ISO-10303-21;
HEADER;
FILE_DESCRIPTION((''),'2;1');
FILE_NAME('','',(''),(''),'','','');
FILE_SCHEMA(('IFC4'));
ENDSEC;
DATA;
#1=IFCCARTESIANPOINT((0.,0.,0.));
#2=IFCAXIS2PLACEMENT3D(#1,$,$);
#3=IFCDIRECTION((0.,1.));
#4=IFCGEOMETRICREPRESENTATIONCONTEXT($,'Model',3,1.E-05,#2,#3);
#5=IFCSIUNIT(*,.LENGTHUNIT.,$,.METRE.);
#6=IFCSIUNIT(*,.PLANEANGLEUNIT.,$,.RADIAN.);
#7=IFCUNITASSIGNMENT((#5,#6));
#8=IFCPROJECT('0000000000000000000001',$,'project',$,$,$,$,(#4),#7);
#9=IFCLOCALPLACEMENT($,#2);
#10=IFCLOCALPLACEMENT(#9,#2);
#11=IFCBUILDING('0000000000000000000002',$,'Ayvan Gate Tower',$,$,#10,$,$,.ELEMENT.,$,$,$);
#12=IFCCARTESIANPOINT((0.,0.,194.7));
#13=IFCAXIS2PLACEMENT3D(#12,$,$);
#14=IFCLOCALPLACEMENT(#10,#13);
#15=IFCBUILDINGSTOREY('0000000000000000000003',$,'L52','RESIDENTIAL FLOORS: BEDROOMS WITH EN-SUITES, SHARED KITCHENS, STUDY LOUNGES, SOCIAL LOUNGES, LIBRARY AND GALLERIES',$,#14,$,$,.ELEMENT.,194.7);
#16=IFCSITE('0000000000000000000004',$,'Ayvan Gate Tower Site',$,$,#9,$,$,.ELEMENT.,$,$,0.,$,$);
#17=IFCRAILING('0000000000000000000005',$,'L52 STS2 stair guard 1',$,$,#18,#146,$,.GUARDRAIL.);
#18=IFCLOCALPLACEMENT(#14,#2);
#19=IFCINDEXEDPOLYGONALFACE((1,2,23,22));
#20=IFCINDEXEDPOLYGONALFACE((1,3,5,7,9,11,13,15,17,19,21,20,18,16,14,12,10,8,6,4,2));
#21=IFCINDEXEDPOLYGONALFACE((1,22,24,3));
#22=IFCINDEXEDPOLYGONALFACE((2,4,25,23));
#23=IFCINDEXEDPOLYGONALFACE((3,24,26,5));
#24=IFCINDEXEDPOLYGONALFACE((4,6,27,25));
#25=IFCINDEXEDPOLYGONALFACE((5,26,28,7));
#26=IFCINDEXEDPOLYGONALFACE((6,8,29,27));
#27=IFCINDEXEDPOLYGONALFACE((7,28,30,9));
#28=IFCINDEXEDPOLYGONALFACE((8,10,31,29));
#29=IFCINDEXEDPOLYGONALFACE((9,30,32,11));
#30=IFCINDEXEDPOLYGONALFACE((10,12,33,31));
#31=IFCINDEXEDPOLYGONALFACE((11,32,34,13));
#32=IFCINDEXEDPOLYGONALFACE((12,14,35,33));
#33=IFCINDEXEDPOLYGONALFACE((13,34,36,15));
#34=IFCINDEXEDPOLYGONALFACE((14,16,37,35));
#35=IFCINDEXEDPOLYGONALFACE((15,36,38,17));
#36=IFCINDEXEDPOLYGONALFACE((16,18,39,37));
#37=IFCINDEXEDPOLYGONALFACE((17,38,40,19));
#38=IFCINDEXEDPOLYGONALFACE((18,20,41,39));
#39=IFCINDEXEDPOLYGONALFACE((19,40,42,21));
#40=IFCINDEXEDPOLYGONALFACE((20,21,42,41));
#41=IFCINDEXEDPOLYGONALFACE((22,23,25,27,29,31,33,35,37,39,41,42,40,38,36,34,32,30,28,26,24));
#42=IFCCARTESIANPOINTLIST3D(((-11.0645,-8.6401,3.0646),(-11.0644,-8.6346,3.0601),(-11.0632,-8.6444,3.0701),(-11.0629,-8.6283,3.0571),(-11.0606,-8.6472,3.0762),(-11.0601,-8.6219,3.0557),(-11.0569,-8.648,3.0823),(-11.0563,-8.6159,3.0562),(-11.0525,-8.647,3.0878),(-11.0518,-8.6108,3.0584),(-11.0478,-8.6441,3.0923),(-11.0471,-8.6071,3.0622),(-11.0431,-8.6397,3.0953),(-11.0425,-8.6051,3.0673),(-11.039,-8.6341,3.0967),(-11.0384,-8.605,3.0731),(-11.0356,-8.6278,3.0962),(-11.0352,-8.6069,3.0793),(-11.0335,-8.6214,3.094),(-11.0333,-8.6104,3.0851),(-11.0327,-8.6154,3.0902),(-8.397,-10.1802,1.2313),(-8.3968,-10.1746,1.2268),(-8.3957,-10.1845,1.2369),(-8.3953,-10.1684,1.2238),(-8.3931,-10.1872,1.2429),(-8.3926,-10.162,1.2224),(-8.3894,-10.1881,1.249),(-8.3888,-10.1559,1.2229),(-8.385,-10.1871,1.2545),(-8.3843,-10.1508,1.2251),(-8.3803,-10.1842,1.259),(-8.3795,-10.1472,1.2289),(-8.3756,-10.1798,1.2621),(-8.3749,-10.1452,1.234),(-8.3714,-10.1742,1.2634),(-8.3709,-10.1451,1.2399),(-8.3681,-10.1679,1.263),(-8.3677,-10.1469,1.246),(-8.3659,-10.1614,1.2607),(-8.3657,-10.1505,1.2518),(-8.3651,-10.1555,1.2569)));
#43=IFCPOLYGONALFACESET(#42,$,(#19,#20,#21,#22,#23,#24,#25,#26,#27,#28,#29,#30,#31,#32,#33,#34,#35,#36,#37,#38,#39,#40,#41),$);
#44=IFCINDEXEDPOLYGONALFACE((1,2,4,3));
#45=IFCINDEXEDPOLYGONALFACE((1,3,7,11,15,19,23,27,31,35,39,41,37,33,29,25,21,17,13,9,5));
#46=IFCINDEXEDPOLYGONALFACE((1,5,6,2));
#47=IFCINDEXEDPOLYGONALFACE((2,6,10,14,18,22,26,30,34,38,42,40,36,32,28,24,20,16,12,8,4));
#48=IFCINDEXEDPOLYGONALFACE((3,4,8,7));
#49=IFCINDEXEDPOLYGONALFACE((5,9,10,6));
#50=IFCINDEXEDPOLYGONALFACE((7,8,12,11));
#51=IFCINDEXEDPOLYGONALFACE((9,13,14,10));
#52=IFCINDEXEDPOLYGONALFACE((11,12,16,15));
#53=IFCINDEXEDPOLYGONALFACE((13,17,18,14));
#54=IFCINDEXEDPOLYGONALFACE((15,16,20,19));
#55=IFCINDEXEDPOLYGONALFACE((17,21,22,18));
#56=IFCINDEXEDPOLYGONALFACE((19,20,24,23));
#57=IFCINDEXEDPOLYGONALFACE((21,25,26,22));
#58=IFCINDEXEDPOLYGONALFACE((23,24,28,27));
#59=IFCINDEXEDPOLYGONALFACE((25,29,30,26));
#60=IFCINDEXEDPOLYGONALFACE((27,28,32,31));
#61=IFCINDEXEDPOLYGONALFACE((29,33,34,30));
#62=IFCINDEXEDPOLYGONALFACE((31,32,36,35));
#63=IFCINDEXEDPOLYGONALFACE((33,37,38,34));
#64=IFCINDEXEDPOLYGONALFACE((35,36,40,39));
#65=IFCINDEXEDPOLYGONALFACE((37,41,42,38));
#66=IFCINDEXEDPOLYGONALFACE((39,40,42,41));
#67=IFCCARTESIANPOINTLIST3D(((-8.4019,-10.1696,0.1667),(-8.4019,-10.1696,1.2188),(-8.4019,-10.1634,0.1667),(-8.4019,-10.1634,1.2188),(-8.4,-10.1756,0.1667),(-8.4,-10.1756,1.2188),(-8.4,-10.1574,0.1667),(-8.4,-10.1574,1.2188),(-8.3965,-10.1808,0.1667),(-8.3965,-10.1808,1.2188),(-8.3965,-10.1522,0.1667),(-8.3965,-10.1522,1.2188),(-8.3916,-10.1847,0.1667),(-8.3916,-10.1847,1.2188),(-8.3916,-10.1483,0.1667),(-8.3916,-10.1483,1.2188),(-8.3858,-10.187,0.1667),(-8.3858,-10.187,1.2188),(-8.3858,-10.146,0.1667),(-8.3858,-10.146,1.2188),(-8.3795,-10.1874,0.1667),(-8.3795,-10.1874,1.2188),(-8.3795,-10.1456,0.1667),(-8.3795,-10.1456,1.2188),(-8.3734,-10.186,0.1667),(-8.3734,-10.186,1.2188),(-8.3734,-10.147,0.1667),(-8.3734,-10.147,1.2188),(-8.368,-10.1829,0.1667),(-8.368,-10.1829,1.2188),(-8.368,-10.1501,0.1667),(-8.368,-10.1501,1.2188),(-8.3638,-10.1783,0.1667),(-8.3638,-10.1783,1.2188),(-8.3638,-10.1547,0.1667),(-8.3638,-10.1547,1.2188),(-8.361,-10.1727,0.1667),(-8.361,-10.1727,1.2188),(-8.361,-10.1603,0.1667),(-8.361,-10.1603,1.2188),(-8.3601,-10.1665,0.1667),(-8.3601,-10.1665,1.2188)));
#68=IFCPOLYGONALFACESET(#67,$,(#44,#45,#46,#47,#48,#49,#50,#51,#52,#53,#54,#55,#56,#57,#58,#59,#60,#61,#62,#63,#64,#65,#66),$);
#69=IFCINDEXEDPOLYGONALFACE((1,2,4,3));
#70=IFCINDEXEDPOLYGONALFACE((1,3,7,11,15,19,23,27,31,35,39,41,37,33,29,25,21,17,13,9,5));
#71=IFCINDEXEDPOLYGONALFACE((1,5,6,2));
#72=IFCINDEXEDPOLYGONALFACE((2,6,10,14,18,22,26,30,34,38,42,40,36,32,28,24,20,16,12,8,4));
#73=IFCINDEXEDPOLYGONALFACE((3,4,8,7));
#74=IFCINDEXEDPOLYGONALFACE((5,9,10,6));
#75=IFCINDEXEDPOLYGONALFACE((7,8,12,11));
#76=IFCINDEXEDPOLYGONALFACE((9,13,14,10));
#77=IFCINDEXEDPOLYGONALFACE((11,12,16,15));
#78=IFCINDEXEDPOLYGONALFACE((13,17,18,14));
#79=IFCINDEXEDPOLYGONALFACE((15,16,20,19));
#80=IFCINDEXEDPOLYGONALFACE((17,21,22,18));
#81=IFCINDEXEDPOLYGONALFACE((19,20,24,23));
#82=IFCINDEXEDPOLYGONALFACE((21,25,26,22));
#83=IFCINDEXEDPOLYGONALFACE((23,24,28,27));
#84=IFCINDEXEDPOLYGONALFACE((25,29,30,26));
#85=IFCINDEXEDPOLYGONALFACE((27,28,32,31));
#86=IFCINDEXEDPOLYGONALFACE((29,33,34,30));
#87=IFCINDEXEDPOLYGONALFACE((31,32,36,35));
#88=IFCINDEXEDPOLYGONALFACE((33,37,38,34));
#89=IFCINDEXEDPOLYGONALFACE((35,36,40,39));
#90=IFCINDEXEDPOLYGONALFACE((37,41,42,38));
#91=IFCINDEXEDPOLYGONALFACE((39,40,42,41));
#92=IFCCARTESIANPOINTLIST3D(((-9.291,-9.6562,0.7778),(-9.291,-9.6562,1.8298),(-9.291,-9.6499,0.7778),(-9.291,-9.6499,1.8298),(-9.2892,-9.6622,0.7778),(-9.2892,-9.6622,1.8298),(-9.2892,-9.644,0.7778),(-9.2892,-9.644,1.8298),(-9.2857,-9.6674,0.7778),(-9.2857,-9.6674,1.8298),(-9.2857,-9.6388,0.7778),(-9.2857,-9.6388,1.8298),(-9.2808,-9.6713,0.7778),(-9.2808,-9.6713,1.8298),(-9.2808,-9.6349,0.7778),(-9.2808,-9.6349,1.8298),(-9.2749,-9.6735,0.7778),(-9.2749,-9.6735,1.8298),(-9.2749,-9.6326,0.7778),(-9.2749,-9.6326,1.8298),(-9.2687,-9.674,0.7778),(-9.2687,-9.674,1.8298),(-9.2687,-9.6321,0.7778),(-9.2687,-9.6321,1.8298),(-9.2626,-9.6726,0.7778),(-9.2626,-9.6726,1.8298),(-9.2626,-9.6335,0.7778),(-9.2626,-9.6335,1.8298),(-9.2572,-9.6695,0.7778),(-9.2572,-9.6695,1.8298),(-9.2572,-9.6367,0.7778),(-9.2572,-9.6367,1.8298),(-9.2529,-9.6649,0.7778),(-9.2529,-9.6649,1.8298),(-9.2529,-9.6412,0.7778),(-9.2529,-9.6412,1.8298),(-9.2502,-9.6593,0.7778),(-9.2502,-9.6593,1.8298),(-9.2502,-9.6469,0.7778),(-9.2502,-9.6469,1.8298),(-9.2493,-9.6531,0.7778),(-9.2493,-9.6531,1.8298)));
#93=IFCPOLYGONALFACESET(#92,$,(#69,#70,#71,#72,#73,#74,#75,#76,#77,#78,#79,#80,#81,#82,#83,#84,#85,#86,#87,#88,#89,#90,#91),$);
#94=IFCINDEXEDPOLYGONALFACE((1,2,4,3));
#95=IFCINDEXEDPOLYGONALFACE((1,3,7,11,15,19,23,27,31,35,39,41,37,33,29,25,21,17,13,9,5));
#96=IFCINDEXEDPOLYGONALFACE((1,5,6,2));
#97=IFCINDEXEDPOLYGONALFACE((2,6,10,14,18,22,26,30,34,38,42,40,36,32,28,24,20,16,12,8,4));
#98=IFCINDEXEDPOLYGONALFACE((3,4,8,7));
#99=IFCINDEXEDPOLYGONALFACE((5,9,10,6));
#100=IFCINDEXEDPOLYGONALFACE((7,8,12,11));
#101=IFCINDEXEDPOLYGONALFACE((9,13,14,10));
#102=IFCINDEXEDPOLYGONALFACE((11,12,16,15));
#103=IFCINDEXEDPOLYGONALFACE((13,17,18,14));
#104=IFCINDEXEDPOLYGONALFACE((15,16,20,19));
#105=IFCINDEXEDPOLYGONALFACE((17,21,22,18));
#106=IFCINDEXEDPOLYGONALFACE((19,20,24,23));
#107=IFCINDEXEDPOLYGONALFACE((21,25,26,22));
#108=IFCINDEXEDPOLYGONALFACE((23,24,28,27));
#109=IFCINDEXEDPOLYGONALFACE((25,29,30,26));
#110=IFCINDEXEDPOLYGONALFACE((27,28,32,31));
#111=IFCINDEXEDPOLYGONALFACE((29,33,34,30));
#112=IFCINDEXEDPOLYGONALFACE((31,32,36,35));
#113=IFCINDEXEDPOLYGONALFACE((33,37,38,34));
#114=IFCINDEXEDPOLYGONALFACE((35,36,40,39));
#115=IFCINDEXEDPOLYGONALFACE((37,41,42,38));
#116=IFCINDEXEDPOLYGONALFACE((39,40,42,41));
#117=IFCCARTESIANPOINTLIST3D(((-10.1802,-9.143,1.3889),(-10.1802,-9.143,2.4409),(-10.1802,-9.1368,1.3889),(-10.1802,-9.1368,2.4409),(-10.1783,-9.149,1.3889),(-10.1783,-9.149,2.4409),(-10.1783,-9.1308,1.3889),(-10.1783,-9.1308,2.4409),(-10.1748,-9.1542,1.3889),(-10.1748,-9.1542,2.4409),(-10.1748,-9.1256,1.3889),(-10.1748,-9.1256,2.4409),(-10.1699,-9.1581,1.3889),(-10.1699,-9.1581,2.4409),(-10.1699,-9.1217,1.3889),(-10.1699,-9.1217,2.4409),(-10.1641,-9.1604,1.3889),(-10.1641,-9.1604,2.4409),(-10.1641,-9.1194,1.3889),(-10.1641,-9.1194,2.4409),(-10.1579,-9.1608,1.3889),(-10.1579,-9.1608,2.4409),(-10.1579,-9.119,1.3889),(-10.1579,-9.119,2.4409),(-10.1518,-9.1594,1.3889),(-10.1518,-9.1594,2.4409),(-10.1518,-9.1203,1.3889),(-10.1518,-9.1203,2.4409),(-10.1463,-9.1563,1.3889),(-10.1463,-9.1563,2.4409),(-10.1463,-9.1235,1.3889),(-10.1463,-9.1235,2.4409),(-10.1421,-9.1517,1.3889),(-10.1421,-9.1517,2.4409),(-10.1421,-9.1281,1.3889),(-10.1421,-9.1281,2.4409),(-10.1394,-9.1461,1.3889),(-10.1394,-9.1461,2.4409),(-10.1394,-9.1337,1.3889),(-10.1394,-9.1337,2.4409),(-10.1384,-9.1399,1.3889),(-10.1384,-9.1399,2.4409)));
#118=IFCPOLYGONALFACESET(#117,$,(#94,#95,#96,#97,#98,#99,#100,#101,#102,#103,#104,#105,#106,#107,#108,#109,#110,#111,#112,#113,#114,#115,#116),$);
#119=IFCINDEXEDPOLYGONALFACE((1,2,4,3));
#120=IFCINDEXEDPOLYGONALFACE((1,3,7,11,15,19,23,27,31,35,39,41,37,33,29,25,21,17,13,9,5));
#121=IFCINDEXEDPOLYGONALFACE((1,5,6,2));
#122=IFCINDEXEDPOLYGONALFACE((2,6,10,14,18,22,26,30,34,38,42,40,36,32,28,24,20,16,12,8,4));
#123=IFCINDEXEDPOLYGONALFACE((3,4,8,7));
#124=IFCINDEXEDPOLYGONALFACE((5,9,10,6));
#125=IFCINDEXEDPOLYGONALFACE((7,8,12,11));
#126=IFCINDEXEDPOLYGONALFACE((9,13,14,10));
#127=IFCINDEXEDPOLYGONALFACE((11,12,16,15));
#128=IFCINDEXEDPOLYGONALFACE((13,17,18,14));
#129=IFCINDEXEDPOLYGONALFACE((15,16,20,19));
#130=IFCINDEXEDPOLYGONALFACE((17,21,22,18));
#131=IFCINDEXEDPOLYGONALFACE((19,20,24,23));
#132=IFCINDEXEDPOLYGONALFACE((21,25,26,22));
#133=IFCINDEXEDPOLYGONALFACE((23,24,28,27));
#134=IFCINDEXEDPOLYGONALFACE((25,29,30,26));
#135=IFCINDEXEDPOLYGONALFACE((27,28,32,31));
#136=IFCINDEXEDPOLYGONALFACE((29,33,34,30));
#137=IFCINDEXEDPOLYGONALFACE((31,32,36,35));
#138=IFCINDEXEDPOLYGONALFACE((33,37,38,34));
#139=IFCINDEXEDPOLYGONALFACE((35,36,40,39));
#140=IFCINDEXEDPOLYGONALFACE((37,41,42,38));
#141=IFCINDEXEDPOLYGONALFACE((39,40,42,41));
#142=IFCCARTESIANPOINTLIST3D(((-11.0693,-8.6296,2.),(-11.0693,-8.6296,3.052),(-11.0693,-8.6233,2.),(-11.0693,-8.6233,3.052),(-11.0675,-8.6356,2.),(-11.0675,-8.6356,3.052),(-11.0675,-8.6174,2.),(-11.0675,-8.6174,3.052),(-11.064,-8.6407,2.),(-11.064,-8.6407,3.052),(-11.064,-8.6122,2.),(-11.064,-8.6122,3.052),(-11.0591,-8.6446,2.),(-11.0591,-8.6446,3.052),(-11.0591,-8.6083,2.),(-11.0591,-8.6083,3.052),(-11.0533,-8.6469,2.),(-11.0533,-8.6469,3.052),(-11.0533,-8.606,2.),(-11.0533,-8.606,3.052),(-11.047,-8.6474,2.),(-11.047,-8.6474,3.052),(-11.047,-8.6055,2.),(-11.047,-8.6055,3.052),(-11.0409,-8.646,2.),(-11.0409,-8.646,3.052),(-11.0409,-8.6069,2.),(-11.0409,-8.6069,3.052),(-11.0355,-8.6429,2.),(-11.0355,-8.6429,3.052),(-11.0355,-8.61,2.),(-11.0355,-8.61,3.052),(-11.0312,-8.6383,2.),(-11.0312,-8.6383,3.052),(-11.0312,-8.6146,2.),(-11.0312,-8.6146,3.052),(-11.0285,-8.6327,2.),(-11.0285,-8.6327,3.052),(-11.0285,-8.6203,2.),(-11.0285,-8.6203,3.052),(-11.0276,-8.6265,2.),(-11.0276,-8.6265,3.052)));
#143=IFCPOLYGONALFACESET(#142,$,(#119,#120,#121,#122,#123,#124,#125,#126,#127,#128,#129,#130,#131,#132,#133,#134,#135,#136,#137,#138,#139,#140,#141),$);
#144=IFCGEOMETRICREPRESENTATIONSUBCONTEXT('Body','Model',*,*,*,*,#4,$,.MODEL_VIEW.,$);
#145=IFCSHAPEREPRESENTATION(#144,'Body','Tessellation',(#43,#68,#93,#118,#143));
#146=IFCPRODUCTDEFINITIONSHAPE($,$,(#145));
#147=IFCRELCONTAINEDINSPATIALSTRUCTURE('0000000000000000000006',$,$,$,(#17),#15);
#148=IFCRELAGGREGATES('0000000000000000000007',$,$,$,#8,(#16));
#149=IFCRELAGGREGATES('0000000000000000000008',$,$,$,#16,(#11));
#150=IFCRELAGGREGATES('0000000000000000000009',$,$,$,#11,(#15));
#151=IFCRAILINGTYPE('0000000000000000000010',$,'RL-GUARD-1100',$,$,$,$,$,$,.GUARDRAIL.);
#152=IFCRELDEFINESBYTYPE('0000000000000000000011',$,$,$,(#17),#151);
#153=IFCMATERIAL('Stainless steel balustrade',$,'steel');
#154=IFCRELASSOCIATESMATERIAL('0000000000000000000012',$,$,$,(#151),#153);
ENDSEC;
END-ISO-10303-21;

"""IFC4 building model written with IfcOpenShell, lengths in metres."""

from ifc_helpers import new_model, si_unit, direction, frame, origin, origin_2d, place, context, subcontext, project, spatial, circle, extrude, material, type_object, element, save


model = new_model("IFC4")

# Units and contexts
model_context = context("Model", 3, precision=1e-05, world=origin(), true_north=direction((0.0, 1.0)))
body_context = subcontext(model_context, "Body", "Model", "MODEL_VIEW")
ifc_project = project(units=[si_unit("LENGTHUNIT", "METRE"), si_unit("PLANEANGLEUNIT", "RADIAN")], contexts=[model_context])

# Site, building, storey
site_placement = place(None, origin())
site = spatial("IfcSite", under=ifc_project, at=site_placement, Name="Ayvan Gate Tower Site", CompositionType="ELEMENT", RefElevation=0.0)
building_placement = place(site_placement, origin())
building = spatial("IfcBuilding", under=site, at=building_placement, Name="Ayvan Gate Tower", CompositionType="ELEMENT")
storey_placement = place(building_placement, frame((0.0, 0.0, 194.7)))
storey = spatial("IfcBuildingStorey", under=building, at=storey_placement, Name="L52", Description="RESIDENTIAL FLOORS: BEDROOMS WITH EN-SUITES, SHARED KITCHENS, STUDY LOUNGES, SOCIAL LOUNGES, LIBRARY AND GALLERIES", CompositionType="ELEMENT", Elevation=194.7)

# Railing
ifc_material_1 = material(Name="Stainless steel balustrade", Category="steel")
railing_type_1 = type_object("IfcRailingType", Name="RL-GUARD-1100", PredefinedType="GUARDRAIL", material=ifc_material_1)
railing_1_placement = place(storey_placement, frame((-8.3811, -10.1665, 0.1667)))
element("IfcRailing", 1, at=railing_1_placement, inside=storey, type_object=railing_type_1, Name="L52 STS2 stair guard 1", PredefinedType="GUARDRAIL", context=body_context, shape_type="SweptSolid", body=[
    extrude(circle(Radius=0.0239, at=origin_2d()), frame((0.0, 0.0, 1.0762), z_axis=(-0.74419, 0.429649, 0.511452), x_axis=(-0.499992, -0.86603, 0.0)), (0.0, 0.0, 1.0), 3.5845),
    extrude(circle(Radius=0.021, at=origin_2d()), origin(), (0.0, 0.0, 1.0), 1.052),
    extrude(circle(Radius=0.021, at=origin_2d()), frame((-0.8892, 0.5134, 0.6111)), (0.0, 0.0, 1.0), 1.052),
    extrude(circle(Radius=0.021, at=origin_2d()), frame((-1.7783, 1.0266, 1.2222)), (0.0, 0.0, 1.0), 1.052),
    extrude(circle(Radius=0.021, at=origin_2d()), frame((-2.6675, 1.54, 1.8333)), (0.0, 0.0, 1.0), 1.052),
])

save(model, "model.ifc")
